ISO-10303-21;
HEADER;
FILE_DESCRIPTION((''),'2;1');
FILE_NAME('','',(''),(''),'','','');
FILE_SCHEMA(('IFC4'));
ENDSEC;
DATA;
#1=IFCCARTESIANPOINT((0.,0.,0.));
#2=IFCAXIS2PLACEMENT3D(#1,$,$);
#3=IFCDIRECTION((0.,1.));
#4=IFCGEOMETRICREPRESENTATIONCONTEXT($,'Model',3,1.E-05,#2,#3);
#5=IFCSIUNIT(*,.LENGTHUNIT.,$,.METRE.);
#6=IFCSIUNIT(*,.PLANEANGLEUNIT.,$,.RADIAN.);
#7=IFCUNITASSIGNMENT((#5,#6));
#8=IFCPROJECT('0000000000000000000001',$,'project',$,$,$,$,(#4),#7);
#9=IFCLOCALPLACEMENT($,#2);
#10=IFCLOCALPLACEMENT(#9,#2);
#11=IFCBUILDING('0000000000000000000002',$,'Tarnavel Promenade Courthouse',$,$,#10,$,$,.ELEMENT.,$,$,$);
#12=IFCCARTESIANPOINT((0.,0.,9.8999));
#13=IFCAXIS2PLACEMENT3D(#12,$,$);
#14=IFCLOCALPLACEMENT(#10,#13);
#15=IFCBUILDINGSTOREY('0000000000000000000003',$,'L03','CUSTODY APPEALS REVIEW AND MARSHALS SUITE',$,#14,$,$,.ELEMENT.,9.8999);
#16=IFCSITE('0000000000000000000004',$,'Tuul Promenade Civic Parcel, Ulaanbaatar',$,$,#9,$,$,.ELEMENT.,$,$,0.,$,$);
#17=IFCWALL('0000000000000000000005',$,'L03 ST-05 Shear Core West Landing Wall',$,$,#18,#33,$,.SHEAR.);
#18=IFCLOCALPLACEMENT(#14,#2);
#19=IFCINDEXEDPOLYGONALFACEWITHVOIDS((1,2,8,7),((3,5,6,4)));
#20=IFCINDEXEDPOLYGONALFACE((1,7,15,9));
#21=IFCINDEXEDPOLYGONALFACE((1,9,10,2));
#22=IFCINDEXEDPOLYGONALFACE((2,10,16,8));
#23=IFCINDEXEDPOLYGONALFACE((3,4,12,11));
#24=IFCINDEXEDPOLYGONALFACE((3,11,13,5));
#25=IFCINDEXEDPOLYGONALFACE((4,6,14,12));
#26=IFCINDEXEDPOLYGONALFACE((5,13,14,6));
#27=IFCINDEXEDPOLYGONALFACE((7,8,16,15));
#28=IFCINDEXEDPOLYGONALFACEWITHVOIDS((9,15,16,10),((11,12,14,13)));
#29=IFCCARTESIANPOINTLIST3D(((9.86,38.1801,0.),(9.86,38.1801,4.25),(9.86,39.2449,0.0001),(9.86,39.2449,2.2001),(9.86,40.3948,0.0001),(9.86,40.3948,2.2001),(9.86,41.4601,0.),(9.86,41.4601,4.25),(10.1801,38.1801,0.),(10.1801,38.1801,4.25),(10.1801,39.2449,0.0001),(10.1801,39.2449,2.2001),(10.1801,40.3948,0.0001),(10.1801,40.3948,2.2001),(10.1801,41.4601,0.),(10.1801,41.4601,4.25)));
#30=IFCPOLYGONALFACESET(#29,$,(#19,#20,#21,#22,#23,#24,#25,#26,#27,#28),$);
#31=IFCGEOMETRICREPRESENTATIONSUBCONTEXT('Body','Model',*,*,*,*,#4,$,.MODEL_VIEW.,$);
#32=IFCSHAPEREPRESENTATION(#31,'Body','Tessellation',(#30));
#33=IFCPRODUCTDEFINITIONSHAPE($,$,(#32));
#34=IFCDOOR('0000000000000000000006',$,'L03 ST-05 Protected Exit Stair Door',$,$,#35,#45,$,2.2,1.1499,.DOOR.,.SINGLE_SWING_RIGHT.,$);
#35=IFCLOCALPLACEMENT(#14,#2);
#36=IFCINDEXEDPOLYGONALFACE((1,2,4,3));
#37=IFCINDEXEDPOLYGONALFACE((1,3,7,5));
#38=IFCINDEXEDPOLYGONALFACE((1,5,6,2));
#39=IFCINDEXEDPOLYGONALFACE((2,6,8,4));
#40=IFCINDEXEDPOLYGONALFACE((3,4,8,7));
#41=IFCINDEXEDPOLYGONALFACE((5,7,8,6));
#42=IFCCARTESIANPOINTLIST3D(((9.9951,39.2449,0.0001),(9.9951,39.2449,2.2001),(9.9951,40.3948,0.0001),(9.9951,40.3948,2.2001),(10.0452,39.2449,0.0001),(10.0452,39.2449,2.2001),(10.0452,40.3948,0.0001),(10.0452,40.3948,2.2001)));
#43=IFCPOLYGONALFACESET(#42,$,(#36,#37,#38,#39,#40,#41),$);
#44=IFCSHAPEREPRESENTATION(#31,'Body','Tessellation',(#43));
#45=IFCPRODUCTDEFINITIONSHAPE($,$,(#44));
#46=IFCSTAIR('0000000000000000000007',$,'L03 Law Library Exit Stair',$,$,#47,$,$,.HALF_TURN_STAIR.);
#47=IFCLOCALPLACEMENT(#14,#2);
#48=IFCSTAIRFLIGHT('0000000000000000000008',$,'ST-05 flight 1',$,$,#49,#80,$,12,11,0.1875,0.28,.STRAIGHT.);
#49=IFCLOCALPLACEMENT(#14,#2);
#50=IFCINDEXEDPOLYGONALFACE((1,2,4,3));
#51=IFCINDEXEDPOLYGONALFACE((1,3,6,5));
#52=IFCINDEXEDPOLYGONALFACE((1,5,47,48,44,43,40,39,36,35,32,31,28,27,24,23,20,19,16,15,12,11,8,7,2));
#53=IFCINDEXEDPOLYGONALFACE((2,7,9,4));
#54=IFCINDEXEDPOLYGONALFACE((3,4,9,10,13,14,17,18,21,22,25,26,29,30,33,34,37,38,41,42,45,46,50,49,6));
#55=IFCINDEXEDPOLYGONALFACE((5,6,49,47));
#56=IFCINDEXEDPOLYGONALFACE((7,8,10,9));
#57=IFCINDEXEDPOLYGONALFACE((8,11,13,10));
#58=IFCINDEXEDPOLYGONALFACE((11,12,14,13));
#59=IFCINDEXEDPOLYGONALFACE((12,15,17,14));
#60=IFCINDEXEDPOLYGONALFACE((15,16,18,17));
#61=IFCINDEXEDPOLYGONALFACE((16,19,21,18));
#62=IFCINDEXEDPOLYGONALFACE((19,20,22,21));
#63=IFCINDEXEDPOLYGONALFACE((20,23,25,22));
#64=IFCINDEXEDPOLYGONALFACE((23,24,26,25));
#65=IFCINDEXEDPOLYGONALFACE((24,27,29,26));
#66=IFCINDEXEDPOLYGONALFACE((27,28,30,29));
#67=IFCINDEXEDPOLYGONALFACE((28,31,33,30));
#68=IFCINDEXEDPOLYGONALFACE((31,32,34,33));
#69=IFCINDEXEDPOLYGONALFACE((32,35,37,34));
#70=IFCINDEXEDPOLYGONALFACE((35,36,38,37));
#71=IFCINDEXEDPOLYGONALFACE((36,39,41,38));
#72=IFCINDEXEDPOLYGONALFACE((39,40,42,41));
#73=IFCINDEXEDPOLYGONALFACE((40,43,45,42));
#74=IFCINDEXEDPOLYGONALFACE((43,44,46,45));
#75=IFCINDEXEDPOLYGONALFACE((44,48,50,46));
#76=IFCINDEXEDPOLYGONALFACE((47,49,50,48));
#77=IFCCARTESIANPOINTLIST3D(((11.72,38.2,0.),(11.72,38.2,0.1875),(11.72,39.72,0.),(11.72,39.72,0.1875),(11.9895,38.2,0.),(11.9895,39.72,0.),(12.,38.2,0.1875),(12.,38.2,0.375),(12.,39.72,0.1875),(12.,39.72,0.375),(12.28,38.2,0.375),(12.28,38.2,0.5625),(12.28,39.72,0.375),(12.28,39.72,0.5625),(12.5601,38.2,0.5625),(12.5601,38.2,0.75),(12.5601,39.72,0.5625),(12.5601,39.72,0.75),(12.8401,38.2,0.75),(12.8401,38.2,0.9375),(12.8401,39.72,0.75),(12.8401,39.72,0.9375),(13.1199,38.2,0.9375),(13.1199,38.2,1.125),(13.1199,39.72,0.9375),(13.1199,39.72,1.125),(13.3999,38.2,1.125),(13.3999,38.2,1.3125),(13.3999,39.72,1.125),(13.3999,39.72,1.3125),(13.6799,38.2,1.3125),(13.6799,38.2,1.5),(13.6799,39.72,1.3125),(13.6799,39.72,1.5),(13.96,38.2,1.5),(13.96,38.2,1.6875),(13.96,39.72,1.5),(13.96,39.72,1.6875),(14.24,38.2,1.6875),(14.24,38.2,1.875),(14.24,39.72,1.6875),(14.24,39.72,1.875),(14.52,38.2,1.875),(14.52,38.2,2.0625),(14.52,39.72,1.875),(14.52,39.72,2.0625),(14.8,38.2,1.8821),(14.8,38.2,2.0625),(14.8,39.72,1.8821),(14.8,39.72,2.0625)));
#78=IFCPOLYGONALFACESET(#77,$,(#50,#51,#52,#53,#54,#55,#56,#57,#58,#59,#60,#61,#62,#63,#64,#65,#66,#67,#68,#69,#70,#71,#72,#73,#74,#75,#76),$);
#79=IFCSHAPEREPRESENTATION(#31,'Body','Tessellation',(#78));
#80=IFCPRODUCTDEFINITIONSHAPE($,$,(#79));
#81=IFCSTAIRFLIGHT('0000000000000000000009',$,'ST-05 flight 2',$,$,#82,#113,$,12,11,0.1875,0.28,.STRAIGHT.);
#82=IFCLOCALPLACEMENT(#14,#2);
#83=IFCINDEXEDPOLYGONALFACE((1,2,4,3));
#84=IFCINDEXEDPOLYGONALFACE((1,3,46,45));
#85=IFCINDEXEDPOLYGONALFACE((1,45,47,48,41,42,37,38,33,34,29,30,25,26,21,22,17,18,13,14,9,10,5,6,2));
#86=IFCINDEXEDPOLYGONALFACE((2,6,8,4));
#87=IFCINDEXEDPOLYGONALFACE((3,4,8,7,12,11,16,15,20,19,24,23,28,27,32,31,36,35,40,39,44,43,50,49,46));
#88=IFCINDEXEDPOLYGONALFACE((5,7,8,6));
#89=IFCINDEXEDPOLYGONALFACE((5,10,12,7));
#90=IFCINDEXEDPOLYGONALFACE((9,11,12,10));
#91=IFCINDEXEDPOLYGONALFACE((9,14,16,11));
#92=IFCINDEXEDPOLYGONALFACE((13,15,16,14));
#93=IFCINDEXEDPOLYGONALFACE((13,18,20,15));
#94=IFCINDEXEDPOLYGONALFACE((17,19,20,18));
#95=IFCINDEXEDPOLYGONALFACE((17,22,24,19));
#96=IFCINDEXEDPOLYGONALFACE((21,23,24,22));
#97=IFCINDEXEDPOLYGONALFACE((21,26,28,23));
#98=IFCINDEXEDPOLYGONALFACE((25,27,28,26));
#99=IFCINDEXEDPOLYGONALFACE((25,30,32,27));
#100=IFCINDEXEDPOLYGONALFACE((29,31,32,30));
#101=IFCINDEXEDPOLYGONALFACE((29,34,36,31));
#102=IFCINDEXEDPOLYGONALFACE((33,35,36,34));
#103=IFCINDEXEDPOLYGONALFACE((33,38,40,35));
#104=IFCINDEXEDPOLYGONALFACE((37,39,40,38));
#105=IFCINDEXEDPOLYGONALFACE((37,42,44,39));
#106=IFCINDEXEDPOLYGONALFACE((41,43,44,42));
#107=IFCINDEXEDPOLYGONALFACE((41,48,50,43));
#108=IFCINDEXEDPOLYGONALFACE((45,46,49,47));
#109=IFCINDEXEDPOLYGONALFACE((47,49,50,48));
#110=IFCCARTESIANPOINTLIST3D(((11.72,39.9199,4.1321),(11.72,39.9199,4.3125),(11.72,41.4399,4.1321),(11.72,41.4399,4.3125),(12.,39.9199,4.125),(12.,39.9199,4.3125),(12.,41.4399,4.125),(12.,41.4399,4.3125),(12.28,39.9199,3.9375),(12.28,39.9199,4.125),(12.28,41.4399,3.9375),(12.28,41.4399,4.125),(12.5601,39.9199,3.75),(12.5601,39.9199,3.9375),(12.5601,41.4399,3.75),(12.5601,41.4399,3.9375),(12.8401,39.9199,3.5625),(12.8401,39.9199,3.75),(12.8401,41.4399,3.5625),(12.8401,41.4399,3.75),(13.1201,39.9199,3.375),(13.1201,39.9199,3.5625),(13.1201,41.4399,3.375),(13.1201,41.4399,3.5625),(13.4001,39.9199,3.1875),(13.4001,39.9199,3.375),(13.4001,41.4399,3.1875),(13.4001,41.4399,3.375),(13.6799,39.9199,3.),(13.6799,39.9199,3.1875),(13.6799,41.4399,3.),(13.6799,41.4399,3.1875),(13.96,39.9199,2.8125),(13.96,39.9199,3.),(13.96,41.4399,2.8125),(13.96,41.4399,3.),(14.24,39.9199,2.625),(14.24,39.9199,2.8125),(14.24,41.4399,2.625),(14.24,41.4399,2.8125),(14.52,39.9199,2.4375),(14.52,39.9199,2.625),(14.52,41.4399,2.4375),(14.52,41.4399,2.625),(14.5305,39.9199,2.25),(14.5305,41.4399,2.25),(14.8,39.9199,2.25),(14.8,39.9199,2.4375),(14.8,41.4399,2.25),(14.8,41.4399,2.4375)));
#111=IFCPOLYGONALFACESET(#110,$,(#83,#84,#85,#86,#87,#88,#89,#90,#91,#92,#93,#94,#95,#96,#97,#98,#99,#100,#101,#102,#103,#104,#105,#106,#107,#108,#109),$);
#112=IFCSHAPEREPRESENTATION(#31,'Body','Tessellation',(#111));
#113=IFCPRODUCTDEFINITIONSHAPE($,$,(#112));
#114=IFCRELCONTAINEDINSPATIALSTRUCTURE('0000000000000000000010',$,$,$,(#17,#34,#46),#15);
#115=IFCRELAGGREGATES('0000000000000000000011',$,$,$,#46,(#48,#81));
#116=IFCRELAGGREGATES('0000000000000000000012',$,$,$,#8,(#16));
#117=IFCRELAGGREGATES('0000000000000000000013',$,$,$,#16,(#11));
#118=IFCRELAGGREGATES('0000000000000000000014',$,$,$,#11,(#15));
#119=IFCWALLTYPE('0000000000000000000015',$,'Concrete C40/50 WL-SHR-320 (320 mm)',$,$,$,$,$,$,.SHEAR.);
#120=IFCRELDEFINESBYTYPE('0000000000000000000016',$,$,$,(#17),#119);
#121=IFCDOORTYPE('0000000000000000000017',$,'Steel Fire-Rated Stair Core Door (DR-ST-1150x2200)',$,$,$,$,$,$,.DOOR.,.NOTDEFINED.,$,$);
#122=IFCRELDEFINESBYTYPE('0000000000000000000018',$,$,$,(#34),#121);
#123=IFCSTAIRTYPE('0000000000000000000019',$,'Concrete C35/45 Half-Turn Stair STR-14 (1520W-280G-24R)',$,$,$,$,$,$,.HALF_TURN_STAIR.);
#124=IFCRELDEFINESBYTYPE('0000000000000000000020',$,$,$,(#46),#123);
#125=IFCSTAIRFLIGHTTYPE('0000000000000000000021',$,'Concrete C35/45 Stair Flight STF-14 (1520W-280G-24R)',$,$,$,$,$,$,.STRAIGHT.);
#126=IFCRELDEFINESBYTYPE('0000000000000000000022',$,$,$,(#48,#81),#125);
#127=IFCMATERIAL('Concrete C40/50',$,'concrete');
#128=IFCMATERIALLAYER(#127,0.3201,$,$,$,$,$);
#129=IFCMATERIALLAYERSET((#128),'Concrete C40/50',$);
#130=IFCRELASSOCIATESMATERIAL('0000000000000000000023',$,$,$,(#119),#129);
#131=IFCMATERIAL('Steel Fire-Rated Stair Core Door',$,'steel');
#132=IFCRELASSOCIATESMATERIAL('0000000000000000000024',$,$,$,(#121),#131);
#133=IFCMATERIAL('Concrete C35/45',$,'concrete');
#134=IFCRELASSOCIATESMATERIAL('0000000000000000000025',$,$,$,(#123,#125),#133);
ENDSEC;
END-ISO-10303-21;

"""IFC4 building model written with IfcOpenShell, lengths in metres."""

from ifc_helpers import new_model, si_unit, direction, frame, frame_2d, origin, place, context, subcontext, project, spatial, polyline, rectangle, outline, extrude, material, layer, layer_set, type_object, element, fill, aggregate, save


model = new_model("IFC4")

# Units and contexts
model_context = context("Model", 3, precision=1e-05, world=origin(), true_north=direction((0.0, 1.0)))
body_context = subcontext(model_context, "Body", "Model", "MODEL_VIEW")
ifc_project = project(units=[si_unit("LENGTHUNIT", "METRE"), si_unit("PLANEANGLEUNIT", "RADIAN")], contexts=[model_context])

# Site, building, storey
site_placement = place(None, origin())
site = spatial("IfcSite", under=ifc_project, at=site_placement, Name="Tuul Promenade Civic Parcel, Ulaanbaatar", CompositionType="ELEMENT", RefElevation=0.0)
building_placement = place(site_placement, origin())
building = spatial("IfcBuilding", under=site, at=building_placement, Name="Tarnavel Promenade Courthouse", CompositionType="ELEMENT")
storey_placement = place(building_placement, frame((0.0, 0.0, 9.8999)))
storey = spatial("IfcBuildingStorey", under=building, at=storey_placement, Name="L03", Description="CUSTODY APPEALS REVIEW AND MARSHALS SUITE", CompositionType="ELEMENT", Elevation=9.8999)

# Shared definitions
ifc_material_1 = material(Name="Concrete C40/50", Category="concrete")

# Shared definitions
ifc_layer = layer(ifc_material_1, 0.3201)
ifc_layer_set = layer_set([ifc_layer], Name="Concrete C40/50")
wall_type = type_object("IfcWallType", Name="Concrete C40/50 WL-SHR-320 (320 mm)", PredefinedType="SHEAR", material=ifc_layer_set)

# Wall, opening, door
wall_1_placement = place(storey_placement, frame((10.02, 38.1799, 0.0), z_axis=(0.0, 0.0, 1.0), x_axis=(0.0, 1.0, 0.0)))
wall_1 = element("IfcWall", 1, at=wall_1_placement, inside=storey, type_object=wall_type, Name="L03 ST-05 Shear Core West Landing Wall", PredefinedType="SHEAR", context=body_context, shape_type="SweptSolid", body=[
    extrude(rectangle(XDim=3.28, YDim=0.3201, at=frame_2d((1.6401, 0.0))), origin(), (0.0, 0.0, 1.0), 4.25),
])
opening_placement = place(wall_1_placement, frame((1.0649, 0.0, 0.0)))
opening = element("IfcOpeningElement", 2, at=opening_placement, cuts=wall_1, PredefinedType="OPENING", context=body_context, shape_type="SweptSolid", body=[
    extrude(rectangle(XDim=1.1499, YDim=2.2, at=frame_2d((0.575, 1.1001))), frame((0.0, 0.1699, 0.0), z_axis=(0.0, -1.0, 0.0), x_axis=(1.0, 0.0, 0.0)), (0.0, 0.0, 1.0), 0.3401),
])
ifc_material_2 = material(Name="Steel Fire-Rated Stair Core Door", Category="steel")
door_type = type_object("IfcDoorType", Name="Steel Fire-Rated Stair Core Door (DR-ST-1150x2200)", OperationType="NOTDEFINED", PredefinedType="DOOR", material=ifc_material_2)
door_placement = place(opening_placement, origin())
door = element("IfcDoor", 3, at=door_placement, inside=storey, type_object=door_type, Name="L03 ST-05 Protected Exit Stair Door", OperationType="SINGLE_SWING_RIGHT", OverallHeight=2.2, OverallWidth=1.1499, PredefinedType="DOOR", context=body_context, shape_type="SweptSolid", body=[
    extrude(rectangle(XDim=1.1499, YDim=2.2, at=frame_2d((0.575, 1.1001))), frame((0.0, 0.0249, 0.0), z_axis=(0.0, -1.0, 0.0), x_axis=(1.0, 0.0, 0.0)), (0.0, 0.0, 1.0), 0.05),
])
fill(opening, door)

# Stair, stair flights
ifc_material_3 = material(Name="Concrete C35/45", Category="concrete")
stair_type = type_object("IfcStairType", Name="Concrete C35/45 Half-Turn Stair STR-14 (1520W-280G-24R)", PredefinedType="HALF_TURN_STAIR", material=ifc_material_3)
stair_placement = place(storey_placement, origin())
stair = element("IfcStair", 4, at=stair_placement, inside=storey, type_object=stair_type, Name="L03 Law Library Exit Stair", PredefinedType="HALF_TURN_STAIR")
stair_flight_type = type_object("IfcStairFlightType", Name="Concrete C35/45 Stair Flight STF-14 (1520W-280G-24R)", PredefinedType="STRAIGHT", material=ifc_material_3)
stair_flight_1_placement = place(storey_placement, frame((11.72, 38.96, 0.0), z_axis=(0.0, 0.0, 1.0), x_axis=(1.0, 0.0, 0.0)))
stair_flight_1 = element("IfcStairFlight", 5, at=stair_flight_1_placement, type_object=stair_flight_type, Name="ST-05 flight 1", NumberOfRisers=12, NumberOfTreads=11, PredefinedType="STRAIGHT", RiserHeight=0.1875, TreadLength=0.28, context=body_context, shape_type="SweptSolid", body=[
    extrude(outline(polyline([(0.0, 0.0), (0.0, 0.1875), (0.28, 0.1875), (0.28, 0.375), (0.5601, 0.375), (0.5601, 0.5625), (0.8401, 0.5625), (0.8401, 0.75), (1.1201, 0.75), (1.1201, 0.9375), (1.3999, 0.9375), (1.3999, 1.125), (1.6799, 1.125), (1.6799, 1.3125), (1.96, 1.3125), (1.96, 1.5), (2.24, 1.5), (2.24, 1.6875), (2.52, 1.6875), (2.52, 1.875), (2.8, 1.875), (2.8, 2.0625), (3.0801, 2.0625), (3.0801, 2.25), (3.0801, 1.8821), (0.2695, 0.0), (0.0, 0.0)])), frame((0.0, 0.76, 0.0), z_axis=(0.0, -1.0, 0.0), x_axis=(1.0, 0.0, 0.0)), (0.0, 0.0, 1.0), 1.52),
])
stair_flight_2_placement = place(storey_placement, frame((14.8, 40.6799, 2.25), z_axis=(0.0, 0.0, 1.0), x_axis=(-1.0, 0.0, 0.0)))
stair_flight_2 = element("IfcStairFlight", 6, at=stair_flight_2_placement, type_object=stair_flight_type, Name="ST-05 flight 2", NumberOfRisers=12, NumberOfTreads=11, PredefinedType="STRAIGHT", RiserHeight=0.1875, TreadLength=0.28, context=body_context, shape_type="SweptSolid", body=[
    extrude(outline(polyline([(0.0, 0.0), (0.0, 0.1875), (0.28, 0.1875), (0.28, 0.375), (0.5601, 0.375), (0.5601, 0.5625), (0.8401, 0.5625), (0.8401, 0.75), (1.1201, 0.75), (1.1201, 0.9375), (1.3999, 0.9375), (1.3999, 1.125), (1.6799, 1.125), (1.6799, 1.3125), (1.96, 1.3125), (1.96, 1.5), (2.24, 1.5), (2.24, 1.6875), (2.52, 1.6875), (2.52, 1.875), (2.8, 1.875), (2.8, 2.0625), (3.0801, 2.0625), (3.0801, 2.25), (3.0801, 1.8821), (0.2695, 0.0), (0.0, 0.0)])), frame((0.0, 0.76, 0.0), z_axis=(0.0, -1.0, 0.0), x_axis=(1.0, 0.0, 0.0)), (0.0, 0.0, 1.0), 1.52),
])
aggregate(stair, [stair_flight_1, stair_flight_2])

save(model, "model.ifc")
